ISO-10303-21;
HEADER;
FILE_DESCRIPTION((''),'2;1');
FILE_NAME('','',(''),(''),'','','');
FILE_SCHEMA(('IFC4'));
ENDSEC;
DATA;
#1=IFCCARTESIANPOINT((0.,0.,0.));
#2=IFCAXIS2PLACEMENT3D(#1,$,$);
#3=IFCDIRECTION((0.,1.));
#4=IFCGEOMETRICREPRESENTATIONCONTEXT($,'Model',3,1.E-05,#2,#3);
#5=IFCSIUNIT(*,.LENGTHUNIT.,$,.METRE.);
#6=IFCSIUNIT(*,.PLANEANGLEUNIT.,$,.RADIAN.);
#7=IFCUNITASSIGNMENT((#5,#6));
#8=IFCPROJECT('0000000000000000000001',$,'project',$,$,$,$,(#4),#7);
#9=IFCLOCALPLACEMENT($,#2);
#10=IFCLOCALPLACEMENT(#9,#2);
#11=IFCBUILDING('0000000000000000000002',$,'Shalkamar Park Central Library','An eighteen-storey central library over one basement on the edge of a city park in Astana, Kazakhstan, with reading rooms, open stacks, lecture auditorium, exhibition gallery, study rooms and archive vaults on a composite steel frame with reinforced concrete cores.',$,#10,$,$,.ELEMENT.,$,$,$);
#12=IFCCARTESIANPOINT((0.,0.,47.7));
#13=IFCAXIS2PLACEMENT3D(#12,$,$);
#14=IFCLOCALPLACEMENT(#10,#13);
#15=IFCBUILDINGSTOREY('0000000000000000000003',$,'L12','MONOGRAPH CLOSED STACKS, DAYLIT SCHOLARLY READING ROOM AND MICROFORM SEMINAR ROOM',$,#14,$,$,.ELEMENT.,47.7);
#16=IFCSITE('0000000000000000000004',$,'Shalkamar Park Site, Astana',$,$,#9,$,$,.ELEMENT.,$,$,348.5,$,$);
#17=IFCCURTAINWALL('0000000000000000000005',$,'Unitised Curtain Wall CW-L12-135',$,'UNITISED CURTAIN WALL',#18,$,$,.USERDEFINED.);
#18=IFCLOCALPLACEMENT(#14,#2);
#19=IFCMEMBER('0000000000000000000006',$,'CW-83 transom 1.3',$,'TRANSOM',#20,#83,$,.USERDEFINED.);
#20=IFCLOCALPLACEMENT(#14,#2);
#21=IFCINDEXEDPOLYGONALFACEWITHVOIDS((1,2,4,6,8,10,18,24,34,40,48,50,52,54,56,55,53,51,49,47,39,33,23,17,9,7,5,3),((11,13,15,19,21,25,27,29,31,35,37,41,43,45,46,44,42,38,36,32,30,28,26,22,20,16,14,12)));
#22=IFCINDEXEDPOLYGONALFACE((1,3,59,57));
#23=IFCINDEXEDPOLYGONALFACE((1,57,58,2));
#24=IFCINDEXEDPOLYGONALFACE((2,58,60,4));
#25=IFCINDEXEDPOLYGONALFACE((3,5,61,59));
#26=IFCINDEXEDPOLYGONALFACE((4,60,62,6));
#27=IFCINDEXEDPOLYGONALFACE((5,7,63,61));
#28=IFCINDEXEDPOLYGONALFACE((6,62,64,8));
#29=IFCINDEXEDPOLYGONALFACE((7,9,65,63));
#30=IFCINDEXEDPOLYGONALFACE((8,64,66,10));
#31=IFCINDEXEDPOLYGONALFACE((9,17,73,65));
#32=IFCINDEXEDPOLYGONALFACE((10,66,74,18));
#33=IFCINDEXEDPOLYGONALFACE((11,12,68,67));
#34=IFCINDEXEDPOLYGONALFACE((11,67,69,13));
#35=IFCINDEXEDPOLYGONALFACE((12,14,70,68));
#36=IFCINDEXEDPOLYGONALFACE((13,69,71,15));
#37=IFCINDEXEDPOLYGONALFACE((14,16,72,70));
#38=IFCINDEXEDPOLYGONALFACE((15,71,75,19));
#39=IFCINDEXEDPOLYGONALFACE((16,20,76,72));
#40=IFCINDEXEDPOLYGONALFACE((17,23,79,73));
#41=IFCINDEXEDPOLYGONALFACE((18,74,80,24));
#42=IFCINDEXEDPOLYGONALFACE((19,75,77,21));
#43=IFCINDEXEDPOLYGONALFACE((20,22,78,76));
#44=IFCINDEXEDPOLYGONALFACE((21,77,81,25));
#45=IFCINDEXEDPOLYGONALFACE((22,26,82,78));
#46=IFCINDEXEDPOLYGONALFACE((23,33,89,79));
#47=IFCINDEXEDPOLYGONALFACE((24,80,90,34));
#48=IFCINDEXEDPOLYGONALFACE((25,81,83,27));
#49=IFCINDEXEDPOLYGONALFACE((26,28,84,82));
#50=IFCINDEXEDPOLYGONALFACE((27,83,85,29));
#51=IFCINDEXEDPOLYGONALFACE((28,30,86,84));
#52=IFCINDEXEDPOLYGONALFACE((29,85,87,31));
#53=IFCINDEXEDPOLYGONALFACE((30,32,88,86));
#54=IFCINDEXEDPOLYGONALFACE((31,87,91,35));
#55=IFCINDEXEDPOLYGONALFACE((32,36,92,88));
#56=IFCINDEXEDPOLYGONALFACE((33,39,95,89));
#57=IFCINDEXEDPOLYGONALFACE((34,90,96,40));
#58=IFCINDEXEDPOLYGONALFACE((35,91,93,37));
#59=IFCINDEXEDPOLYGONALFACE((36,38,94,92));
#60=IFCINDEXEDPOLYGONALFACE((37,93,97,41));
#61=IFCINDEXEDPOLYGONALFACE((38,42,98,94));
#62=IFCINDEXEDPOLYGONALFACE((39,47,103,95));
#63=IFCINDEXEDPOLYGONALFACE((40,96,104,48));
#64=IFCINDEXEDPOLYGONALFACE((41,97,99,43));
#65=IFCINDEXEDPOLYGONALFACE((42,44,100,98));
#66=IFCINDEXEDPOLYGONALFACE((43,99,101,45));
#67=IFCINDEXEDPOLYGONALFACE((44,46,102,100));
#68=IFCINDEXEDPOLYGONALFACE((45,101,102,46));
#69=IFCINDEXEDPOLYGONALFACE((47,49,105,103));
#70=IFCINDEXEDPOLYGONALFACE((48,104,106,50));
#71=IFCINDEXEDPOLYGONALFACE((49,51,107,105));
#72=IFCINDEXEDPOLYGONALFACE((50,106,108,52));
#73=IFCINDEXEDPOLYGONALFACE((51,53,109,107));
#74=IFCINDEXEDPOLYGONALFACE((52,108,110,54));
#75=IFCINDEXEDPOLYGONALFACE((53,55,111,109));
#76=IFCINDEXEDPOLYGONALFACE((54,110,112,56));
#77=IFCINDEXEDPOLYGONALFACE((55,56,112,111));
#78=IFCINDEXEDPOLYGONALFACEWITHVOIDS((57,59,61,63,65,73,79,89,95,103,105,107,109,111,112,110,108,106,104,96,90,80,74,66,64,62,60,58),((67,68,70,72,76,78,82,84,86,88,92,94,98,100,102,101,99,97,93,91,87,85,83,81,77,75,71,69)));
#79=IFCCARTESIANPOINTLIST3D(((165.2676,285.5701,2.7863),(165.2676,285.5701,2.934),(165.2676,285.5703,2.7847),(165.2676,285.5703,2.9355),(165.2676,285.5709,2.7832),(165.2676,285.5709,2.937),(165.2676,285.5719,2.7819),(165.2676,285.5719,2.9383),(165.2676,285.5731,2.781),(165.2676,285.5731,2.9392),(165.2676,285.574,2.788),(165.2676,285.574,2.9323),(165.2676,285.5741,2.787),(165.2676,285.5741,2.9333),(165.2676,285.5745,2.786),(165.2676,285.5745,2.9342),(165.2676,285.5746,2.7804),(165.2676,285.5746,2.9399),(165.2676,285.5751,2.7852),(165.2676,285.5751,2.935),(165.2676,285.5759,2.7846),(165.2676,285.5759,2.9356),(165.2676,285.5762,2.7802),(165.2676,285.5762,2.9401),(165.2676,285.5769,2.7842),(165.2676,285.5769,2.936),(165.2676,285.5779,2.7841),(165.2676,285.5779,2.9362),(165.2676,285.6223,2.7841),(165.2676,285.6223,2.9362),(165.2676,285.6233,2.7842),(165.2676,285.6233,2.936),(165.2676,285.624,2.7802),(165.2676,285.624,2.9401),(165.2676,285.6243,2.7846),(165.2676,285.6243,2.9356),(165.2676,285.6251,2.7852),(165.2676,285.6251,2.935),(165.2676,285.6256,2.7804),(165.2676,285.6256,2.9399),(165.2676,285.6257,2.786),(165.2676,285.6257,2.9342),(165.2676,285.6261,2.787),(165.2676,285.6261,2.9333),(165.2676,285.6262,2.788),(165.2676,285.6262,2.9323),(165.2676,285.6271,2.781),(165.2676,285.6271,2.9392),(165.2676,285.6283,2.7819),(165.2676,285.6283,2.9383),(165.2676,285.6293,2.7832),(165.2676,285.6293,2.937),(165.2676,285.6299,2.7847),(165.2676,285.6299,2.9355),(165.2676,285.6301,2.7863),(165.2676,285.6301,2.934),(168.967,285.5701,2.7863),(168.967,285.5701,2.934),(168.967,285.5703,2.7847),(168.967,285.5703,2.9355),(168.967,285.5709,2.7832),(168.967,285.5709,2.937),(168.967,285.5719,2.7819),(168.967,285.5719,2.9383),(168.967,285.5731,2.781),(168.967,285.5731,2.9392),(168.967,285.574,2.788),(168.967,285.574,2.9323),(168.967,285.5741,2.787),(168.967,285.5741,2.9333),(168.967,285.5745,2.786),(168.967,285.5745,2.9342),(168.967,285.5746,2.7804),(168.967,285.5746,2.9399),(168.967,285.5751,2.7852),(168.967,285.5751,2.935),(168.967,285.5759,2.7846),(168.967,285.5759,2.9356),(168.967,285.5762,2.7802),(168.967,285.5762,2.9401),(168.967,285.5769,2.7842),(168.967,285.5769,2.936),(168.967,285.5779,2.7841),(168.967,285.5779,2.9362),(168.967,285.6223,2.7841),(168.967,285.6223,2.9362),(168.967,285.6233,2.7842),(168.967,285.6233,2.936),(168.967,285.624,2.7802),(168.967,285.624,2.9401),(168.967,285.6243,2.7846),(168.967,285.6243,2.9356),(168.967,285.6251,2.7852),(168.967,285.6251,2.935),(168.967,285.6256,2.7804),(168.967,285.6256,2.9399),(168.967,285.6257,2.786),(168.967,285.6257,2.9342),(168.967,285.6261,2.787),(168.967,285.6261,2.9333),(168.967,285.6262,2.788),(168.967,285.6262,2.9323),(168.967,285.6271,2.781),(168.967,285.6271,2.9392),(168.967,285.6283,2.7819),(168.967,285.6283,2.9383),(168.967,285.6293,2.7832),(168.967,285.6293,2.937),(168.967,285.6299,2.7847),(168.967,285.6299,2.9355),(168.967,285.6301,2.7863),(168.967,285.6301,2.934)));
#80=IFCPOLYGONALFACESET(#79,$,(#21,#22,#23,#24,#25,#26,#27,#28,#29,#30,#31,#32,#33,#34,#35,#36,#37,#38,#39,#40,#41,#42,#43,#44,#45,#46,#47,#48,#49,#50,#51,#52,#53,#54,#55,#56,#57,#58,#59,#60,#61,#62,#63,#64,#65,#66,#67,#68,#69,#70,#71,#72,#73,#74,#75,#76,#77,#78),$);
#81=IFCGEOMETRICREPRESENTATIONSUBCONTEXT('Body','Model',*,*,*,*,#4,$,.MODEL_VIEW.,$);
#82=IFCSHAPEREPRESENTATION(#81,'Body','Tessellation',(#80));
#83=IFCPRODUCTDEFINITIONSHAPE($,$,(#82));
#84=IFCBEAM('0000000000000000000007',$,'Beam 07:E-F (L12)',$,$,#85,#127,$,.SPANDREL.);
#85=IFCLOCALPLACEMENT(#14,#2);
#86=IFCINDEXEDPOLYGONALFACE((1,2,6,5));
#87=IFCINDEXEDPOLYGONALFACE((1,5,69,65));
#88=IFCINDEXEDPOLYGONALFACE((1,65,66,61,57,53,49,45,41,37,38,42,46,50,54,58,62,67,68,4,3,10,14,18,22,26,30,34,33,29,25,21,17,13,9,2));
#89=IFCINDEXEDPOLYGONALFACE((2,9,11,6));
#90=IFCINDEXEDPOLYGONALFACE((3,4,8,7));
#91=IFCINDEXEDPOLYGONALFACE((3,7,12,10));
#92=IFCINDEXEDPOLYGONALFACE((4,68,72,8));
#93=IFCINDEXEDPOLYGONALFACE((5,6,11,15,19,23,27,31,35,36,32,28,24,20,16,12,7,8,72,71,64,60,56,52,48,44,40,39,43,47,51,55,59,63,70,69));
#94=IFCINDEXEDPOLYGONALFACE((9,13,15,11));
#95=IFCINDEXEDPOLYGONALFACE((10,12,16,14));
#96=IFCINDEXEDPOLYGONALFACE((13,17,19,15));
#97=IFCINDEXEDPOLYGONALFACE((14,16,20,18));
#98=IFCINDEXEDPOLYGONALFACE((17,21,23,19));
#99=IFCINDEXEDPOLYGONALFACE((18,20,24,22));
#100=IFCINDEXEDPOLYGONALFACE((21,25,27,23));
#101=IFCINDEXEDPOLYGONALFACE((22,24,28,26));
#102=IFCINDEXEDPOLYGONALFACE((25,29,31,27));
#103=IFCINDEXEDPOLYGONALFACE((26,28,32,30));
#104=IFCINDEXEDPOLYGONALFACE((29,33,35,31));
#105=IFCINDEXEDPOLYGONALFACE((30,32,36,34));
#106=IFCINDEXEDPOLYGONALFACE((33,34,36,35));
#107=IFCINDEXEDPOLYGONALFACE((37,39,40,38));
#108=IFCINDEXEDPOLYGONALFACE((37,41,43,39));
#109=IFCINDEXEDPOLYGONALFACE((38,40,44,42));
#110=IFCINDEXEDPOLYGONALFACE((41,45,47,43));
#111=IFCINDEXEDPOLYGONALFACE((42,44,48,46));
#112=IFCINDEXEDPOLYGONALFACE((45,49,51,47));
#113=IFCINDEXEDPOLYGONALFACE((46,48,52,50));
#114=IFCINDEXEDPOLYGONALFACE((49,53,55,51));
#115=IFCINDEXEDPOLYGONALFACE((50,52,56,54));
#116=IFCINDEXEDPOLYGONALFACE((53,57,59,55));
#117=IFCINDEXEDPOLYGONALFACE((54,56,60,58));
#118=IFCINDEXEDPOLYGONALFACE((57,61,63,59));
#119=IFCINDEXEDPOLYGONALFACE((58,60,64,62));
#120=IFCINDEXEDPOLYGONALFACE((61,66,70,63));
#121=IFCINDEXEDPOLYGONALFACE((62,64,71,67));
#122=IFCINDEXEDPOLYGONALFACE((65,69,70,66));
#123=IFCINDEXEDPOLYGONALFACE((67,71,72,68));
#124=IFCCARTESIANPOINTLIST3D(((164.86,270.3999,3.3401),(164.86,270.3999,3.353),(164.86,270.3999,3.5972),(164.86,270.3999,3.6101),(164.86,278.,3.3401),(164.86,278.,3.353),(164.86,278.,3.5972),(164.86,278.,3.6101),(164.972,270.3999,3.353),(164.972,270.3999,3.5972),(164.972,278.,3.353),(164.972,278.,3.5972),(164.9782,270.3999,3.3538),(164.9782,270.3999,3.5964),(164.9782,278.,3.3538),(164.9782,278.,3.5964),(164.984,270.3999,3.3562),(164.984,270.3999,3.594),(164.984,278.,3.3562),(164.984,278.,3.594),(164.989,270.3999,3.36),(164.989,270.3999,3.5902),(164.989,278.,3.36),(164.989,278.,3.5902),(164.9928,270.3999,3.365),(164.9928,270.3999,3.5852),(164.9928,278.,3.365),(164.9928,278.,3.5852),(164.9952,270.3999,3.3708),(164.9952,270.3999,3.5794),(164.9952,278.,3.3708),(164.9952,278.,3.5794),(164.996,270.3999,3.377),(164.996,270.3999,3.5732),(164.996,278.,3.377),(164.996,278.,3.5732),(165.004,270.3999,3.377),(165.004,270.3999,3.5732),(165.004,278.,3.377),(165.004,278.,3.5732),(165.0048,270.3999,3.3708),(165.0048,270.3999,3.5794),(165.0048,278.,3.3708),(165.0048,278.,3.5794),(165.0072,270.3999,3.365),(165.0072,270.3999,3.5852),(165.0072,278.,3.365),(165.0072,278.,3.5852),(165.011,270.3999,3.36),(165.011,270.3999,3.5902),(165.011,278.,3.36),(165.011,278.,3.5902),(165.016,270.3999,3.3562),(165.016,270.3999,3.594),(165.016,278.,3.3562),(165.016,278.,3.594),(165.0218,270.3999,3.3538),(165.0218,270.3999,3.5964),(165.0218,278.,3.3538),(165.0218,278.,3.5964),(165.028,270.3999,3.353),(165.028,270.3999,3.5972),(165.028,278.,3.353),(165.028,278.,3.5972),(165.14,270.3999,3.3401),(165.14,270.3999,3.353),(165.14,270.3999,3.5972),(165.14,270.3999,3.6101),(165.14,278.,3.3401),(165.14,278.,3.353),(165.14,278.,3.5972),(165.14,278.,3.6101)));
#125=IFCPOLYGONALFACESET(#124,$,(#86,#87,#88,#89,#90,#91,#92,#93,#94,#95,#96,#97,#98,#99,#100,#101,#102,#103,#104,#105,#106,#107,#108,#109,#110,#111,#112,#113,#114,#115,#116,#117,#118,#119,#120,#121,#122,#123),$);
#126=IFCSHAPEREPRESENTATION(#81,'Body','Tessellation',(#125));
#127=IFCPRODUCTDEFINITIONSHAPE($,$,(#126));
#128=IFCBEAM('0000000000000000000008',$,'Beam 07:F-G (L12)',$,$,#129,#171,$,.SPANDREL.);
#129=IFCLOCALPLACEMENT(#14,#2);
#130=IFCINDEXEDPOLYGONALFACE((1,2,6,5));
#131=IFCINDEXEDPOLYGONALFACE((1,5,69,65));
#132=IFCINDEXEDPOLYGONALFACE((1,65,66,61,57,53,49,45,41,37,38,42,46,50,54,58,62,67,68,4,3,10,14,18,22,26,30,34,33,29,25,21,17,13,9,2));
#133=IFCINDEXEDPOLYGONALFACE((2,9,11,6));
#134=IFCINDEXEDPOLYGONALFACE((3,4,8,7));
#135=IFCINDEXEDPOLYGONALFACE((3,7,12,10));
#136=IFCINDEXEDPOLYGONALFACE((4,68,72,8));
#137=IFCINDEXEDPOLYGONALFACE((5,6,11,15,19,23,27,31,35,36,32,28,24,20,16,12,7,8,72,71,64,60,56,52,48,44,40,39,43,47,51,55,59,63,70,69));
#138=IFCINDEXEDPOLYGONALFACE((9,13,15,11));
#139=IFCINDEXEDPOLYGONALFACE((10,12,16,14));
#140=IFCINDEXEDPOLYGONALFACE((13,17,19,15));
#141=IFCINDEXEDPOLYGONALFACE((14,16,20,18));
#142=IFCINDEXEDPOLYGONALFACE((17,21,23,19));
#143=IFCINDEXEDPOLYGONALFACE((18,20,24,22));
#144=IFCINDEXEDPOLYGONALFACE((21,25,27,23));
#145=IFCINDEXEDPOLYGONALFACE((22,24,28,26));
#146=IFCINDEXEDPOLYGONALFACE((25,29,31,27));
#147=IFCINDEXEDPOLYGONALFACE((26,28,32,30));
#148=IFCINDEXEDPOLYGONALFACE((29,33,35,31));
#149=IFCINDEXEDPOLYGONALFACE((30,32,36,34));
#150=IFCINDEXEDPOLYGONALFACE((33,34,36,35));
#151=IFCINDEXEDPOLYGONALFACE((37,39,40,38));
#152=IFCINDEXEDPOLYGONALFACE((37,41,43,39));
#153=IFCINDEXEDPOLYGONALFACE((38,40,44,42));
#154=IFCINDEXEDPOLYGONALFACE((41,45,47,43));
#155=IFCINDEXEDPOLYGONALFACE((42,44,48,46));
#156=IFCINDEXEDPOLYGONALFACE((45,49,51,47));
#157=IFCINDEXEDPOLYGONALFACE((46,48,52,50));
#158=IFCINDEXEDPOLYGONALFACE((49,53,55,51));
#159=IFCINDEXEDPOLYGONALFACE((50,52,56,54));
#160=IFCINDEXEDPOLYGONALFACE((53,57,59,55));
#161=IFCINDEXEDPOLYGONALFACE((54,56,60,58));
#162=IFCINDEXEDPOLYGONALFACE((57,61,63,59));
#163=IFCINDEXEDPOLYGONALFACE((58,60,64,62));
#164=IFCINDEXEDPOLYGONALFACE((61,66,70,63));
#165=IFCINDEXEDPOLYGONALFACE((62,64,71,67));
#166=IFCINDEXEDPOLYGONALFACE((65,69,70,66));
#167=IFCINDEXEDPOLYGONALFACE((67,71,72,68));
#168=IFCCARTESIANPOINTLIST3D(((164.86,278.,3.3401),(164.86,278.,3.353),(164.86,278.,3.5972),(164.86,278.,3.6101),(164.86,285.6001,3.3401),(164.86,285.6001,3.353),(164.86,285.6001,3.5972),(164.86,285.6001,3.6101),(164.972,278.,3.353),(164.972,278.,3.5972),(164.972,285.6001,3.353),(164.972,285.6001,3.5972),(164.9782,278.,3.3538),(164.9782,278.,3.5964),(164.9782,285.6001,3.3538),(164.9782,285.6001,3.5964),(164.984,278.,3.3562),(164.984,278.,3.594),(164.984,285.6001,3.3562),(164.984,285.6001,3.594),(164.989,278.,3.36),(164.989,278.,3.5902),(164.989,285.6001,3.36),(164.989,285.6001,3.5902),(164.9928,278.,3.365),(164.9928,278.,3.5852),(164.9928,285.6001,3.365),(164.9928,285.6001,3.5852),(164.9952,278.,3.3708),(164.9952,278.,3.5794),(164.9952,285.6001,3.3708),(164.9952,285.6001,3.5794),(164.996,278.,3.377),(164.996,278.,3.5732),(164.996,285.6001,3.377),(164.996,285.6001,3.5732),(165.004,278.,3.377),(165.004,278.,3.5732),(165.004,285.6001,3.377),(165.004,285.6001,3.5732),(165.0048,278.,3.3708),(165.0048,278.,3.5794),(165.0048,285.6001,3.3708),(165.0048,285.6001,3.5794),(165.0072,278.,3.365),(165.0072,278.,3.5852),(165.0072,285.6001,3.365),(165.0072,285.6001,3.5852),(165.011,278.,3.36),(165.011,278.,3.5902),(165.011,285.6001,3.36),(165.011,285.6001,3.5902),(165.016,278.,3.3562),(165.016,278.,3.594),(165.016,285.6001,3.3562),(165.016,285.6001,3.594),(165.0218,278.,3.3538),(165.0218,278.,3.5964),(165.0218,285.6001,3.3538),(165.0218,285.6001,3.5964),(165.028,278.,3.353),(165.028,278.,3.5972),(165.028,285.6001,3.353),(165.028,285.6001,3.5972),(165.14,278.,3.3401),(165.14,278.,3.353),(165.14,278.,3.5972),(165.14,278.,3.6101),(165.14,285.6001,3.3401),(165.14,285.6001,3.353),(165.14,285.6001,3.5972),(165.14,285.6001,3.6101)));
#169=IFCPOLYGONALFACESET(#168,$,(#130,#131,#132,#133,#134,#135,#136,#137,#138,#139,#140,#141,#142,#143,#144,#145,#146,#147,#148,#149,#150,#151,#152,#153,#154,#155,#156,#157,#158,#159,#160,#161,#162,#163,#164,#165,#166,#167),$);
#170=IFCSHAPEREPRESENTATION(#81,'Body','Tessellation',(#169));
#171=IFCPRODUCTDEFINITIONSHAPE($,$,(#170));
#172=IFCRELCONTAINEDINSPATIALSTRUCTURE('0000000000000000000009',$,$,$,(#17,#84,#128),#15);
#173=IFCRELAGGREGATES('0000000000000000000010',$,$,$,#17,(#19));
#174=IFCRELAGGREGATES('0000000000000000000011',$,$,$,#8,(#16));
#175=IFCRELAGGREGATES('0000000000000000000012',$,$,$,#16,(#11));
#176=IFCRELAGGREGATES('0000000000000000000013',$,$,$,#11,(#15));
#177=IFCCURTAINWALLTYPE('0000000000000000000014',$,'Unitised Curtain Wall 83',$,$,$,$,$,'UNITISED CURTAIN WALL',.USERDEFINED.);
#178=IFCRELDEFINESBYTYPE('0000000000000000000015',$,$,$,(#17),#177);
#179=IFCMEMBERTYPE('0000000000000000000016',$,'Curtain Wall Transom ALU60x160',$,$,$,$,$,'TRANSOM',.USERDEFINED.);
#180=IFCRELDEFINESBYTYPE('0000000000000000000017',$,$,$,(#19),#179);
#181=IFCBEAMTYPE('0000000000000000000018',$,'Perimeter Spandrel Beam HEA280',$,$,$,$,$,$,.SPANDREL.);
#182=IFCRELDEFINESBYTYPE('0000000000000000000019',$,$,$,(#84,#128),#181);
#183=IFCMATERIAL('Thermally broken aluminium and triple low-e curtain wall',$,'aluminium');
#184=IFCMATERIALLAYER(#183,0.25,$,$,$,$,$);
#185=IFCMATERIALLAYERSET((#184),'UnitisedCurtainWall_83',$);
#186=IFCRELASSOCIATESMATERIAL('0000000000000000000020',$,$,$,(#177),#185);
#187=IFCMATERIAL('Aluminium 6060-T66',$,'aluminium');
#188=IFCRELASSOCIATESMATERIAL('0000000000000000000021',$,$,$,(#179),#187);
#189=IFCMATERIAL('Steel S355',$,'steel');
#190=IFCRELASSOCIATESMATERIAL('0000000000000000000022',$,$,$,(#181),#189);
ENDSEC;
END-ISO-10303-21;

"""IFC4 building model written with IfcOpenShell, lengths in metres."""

from ifc_helpers import new_model, si_unit, direction, frame, origin, origin_2d, place, context, subcontext, project, spatial, hollow_rectangle, i_section, extrude, material, layer, layer_set, material_profile, profile_set, type_object, element, aggregate, save


model = new_model("IFC4")

# Units and contexts
model_context = context("Model", 3, precision=1e-05, world=origin(), true_north=direction((0.0, 1.0)))
body_context = subcontext(model_context, "Body", "Model", "MODEL_VIEW")
ifc_project = project(units=[si_unit("LENGTHUNIT", "METRE"), si_unit("PLANEANGLEUNIT", "RADIAN")], contexts=[model_context])

# Site, building, storey
site_placement = place(None, origin())
site = spatial("IfcSite", under=ifc_project, at=site_placement, Name="Shalkamar Park Site, Astana", CompositionType="ELEMENT", RefElevation=348.5)
building_placement = place(site_placement, origin())
building = spatial("IfcBuilding", under=site, at=building_placement, Name="Shalkamar Park Central Library", Description="An eighteen-storey central library over one basement on the edge of a city park in Astana, Kazakhstan, with reading rooms, open stacks, lecture auditorium, exhibition gallery, study rooms and archive vaults on a composite steel frame with reinforced concrete cores.", CompositionType="ELEMENT")
storey_placement = place(building_placement, frame((0.0, 0.0, 47.7)))
storey = spatial("IfcBuildingStorey", under=building, at=storey_placement, Name="L12", Description="MONOGRAPH CLOSED STACKS, DAYLIT SCHOLARLY READING ROOM AND MICROFORM SEMINAR ROOM", CompositionType="ELEMENT", Elevation=47.7)

# Shared definitions
ifc_material_1 = material(Name="Steel S355", Category="steel")

# Curtain wall, member
ifc_material_2 = material(Name="Thermally broken aluminium and triple low-e curtain wall", Category="aluminium")
ifc_layer_1 = layer(ifc_material_2, 0.25)
ifc_layer_set_1 = layer_set([ifc_layer_1], Name="UnitisedCurtainWall_83")
curtain_wall_type = type_object("IfcCurtainWallType", Name="Unitised Curtain Wall 83", ElementType="UNITISED CURTAIN WALL", PredefinedType="USERDEFINED", material=ifc_layer_set_1)
curtain_wall_placement = place(storey_placement, origin())
curtain_wall = element("IfcCurtainWall", 1, at=curtain_wall_placement, inside=storey, type_object=curtain_wall_type, Name="Unitised Curtain Wall CW-L12-135", ObjectType="UNITISED CURTAIN WALL", PredefinedType="USERDEFINED")
ifc_material_3 = material(Name="Aluminium 6060-T66", Category="aluminium")
ifc_material_profile_1 = material_profile(ifc_material_3, hollow_rectangle(XDim=0.0601, YDim=0.1599, WallThickness=0.0039, InnerFilletRadius=0.0039, OuterFilletRadius=0.0061, at=origin_2d()), Name="ALU 60x160x4")
ifc_profile_set_1 = profile_set([ifc_material_profile_1], Name="Aluminium 6060-T66")
member_type_1 = type_object("IfcMemberType", Name="Curtain Wall Transom ALU60x160", ElementType="TRANSOM", PredefinedType="USERDEFINED", material=ifc_profile_set_1)
member_1_placement = place(storey_placement, frame((165.2676, 285.6001, 2.8601), z_axis=(1.0, 0.0, 0.0), x_axis=(0.0, 1.0, 0.0)))
member_1 = element("IfcMember", 2, at=member_1_placement, type_object=member_type_1, Name="CW-83 transom 1.3", ObjectType="TRANSOM", PredefinedType="USERDEFINED", context=body_context, shape_type="SweptSolid", body=[
    extrude(hollow_rectangle(XDim=0.0601, YDim=0.1599, WallThickness=0.0039, InnerFilletRadius=0.0039, OuterFilletRadius=0.0061, at=origin_2d()), origin(), (0.0, 0.0, 1.0), 3.6995),
])
aggregate(curtain_wall, [member_1])

# Beams
ifc_material_profile_2 = material_profile(ifc_material_1, i_section(OverallWidth=0.28, OverallDepth=0.27, WebThickness=0.0081, FlangeThickness=0.0129, FilletRadius=0.0239, at=origin_2d()), Name="HEA 280")
ifc_profile_set_2 = profile_set([ifc_material_profile_2], Name="Steel S355")
beam_type_1 = type_object("IfcBeamType", Name="Perimeter Spandrel Beam HEA280", PredefinedType="SPANDREL", material=ifc_profile_set_2)
for number, where, z_axis, x_axis, name in (
    (3, (165.0, 270.3999, 3.4751), (0.0, 1.0, 0.0), (-1.0, 0.0, 0.0), "Beam 07:E-F (L12)"),
    (4, (165.0, 278.0, 3.4751), (0.0, 1.0, 0.0), (-1.0, 0.0, 0.0), "Beam 07:F-G (L12)"),
):
    element("IfcBeam", number, at=place(storey_placement, frame(where, z_axis=z_axis, x_axis=x_axis)), inside=storey, type_object=beam_type_1, Name=name, PredefinedType="SPANDREL", context=body_context, shape_type="SweptSolid", body=[
        extrude(i_section(OverallWidth=0.28, OverallDepth=0.27, WebThickness=0.0081, FlangeThickness=0.0129, FilletRadius=0.0239, at=origin_2d()), origin(), (0.0, 0.0, 1.0), 7.6001),
    ])

save(model, "model.ifc")
